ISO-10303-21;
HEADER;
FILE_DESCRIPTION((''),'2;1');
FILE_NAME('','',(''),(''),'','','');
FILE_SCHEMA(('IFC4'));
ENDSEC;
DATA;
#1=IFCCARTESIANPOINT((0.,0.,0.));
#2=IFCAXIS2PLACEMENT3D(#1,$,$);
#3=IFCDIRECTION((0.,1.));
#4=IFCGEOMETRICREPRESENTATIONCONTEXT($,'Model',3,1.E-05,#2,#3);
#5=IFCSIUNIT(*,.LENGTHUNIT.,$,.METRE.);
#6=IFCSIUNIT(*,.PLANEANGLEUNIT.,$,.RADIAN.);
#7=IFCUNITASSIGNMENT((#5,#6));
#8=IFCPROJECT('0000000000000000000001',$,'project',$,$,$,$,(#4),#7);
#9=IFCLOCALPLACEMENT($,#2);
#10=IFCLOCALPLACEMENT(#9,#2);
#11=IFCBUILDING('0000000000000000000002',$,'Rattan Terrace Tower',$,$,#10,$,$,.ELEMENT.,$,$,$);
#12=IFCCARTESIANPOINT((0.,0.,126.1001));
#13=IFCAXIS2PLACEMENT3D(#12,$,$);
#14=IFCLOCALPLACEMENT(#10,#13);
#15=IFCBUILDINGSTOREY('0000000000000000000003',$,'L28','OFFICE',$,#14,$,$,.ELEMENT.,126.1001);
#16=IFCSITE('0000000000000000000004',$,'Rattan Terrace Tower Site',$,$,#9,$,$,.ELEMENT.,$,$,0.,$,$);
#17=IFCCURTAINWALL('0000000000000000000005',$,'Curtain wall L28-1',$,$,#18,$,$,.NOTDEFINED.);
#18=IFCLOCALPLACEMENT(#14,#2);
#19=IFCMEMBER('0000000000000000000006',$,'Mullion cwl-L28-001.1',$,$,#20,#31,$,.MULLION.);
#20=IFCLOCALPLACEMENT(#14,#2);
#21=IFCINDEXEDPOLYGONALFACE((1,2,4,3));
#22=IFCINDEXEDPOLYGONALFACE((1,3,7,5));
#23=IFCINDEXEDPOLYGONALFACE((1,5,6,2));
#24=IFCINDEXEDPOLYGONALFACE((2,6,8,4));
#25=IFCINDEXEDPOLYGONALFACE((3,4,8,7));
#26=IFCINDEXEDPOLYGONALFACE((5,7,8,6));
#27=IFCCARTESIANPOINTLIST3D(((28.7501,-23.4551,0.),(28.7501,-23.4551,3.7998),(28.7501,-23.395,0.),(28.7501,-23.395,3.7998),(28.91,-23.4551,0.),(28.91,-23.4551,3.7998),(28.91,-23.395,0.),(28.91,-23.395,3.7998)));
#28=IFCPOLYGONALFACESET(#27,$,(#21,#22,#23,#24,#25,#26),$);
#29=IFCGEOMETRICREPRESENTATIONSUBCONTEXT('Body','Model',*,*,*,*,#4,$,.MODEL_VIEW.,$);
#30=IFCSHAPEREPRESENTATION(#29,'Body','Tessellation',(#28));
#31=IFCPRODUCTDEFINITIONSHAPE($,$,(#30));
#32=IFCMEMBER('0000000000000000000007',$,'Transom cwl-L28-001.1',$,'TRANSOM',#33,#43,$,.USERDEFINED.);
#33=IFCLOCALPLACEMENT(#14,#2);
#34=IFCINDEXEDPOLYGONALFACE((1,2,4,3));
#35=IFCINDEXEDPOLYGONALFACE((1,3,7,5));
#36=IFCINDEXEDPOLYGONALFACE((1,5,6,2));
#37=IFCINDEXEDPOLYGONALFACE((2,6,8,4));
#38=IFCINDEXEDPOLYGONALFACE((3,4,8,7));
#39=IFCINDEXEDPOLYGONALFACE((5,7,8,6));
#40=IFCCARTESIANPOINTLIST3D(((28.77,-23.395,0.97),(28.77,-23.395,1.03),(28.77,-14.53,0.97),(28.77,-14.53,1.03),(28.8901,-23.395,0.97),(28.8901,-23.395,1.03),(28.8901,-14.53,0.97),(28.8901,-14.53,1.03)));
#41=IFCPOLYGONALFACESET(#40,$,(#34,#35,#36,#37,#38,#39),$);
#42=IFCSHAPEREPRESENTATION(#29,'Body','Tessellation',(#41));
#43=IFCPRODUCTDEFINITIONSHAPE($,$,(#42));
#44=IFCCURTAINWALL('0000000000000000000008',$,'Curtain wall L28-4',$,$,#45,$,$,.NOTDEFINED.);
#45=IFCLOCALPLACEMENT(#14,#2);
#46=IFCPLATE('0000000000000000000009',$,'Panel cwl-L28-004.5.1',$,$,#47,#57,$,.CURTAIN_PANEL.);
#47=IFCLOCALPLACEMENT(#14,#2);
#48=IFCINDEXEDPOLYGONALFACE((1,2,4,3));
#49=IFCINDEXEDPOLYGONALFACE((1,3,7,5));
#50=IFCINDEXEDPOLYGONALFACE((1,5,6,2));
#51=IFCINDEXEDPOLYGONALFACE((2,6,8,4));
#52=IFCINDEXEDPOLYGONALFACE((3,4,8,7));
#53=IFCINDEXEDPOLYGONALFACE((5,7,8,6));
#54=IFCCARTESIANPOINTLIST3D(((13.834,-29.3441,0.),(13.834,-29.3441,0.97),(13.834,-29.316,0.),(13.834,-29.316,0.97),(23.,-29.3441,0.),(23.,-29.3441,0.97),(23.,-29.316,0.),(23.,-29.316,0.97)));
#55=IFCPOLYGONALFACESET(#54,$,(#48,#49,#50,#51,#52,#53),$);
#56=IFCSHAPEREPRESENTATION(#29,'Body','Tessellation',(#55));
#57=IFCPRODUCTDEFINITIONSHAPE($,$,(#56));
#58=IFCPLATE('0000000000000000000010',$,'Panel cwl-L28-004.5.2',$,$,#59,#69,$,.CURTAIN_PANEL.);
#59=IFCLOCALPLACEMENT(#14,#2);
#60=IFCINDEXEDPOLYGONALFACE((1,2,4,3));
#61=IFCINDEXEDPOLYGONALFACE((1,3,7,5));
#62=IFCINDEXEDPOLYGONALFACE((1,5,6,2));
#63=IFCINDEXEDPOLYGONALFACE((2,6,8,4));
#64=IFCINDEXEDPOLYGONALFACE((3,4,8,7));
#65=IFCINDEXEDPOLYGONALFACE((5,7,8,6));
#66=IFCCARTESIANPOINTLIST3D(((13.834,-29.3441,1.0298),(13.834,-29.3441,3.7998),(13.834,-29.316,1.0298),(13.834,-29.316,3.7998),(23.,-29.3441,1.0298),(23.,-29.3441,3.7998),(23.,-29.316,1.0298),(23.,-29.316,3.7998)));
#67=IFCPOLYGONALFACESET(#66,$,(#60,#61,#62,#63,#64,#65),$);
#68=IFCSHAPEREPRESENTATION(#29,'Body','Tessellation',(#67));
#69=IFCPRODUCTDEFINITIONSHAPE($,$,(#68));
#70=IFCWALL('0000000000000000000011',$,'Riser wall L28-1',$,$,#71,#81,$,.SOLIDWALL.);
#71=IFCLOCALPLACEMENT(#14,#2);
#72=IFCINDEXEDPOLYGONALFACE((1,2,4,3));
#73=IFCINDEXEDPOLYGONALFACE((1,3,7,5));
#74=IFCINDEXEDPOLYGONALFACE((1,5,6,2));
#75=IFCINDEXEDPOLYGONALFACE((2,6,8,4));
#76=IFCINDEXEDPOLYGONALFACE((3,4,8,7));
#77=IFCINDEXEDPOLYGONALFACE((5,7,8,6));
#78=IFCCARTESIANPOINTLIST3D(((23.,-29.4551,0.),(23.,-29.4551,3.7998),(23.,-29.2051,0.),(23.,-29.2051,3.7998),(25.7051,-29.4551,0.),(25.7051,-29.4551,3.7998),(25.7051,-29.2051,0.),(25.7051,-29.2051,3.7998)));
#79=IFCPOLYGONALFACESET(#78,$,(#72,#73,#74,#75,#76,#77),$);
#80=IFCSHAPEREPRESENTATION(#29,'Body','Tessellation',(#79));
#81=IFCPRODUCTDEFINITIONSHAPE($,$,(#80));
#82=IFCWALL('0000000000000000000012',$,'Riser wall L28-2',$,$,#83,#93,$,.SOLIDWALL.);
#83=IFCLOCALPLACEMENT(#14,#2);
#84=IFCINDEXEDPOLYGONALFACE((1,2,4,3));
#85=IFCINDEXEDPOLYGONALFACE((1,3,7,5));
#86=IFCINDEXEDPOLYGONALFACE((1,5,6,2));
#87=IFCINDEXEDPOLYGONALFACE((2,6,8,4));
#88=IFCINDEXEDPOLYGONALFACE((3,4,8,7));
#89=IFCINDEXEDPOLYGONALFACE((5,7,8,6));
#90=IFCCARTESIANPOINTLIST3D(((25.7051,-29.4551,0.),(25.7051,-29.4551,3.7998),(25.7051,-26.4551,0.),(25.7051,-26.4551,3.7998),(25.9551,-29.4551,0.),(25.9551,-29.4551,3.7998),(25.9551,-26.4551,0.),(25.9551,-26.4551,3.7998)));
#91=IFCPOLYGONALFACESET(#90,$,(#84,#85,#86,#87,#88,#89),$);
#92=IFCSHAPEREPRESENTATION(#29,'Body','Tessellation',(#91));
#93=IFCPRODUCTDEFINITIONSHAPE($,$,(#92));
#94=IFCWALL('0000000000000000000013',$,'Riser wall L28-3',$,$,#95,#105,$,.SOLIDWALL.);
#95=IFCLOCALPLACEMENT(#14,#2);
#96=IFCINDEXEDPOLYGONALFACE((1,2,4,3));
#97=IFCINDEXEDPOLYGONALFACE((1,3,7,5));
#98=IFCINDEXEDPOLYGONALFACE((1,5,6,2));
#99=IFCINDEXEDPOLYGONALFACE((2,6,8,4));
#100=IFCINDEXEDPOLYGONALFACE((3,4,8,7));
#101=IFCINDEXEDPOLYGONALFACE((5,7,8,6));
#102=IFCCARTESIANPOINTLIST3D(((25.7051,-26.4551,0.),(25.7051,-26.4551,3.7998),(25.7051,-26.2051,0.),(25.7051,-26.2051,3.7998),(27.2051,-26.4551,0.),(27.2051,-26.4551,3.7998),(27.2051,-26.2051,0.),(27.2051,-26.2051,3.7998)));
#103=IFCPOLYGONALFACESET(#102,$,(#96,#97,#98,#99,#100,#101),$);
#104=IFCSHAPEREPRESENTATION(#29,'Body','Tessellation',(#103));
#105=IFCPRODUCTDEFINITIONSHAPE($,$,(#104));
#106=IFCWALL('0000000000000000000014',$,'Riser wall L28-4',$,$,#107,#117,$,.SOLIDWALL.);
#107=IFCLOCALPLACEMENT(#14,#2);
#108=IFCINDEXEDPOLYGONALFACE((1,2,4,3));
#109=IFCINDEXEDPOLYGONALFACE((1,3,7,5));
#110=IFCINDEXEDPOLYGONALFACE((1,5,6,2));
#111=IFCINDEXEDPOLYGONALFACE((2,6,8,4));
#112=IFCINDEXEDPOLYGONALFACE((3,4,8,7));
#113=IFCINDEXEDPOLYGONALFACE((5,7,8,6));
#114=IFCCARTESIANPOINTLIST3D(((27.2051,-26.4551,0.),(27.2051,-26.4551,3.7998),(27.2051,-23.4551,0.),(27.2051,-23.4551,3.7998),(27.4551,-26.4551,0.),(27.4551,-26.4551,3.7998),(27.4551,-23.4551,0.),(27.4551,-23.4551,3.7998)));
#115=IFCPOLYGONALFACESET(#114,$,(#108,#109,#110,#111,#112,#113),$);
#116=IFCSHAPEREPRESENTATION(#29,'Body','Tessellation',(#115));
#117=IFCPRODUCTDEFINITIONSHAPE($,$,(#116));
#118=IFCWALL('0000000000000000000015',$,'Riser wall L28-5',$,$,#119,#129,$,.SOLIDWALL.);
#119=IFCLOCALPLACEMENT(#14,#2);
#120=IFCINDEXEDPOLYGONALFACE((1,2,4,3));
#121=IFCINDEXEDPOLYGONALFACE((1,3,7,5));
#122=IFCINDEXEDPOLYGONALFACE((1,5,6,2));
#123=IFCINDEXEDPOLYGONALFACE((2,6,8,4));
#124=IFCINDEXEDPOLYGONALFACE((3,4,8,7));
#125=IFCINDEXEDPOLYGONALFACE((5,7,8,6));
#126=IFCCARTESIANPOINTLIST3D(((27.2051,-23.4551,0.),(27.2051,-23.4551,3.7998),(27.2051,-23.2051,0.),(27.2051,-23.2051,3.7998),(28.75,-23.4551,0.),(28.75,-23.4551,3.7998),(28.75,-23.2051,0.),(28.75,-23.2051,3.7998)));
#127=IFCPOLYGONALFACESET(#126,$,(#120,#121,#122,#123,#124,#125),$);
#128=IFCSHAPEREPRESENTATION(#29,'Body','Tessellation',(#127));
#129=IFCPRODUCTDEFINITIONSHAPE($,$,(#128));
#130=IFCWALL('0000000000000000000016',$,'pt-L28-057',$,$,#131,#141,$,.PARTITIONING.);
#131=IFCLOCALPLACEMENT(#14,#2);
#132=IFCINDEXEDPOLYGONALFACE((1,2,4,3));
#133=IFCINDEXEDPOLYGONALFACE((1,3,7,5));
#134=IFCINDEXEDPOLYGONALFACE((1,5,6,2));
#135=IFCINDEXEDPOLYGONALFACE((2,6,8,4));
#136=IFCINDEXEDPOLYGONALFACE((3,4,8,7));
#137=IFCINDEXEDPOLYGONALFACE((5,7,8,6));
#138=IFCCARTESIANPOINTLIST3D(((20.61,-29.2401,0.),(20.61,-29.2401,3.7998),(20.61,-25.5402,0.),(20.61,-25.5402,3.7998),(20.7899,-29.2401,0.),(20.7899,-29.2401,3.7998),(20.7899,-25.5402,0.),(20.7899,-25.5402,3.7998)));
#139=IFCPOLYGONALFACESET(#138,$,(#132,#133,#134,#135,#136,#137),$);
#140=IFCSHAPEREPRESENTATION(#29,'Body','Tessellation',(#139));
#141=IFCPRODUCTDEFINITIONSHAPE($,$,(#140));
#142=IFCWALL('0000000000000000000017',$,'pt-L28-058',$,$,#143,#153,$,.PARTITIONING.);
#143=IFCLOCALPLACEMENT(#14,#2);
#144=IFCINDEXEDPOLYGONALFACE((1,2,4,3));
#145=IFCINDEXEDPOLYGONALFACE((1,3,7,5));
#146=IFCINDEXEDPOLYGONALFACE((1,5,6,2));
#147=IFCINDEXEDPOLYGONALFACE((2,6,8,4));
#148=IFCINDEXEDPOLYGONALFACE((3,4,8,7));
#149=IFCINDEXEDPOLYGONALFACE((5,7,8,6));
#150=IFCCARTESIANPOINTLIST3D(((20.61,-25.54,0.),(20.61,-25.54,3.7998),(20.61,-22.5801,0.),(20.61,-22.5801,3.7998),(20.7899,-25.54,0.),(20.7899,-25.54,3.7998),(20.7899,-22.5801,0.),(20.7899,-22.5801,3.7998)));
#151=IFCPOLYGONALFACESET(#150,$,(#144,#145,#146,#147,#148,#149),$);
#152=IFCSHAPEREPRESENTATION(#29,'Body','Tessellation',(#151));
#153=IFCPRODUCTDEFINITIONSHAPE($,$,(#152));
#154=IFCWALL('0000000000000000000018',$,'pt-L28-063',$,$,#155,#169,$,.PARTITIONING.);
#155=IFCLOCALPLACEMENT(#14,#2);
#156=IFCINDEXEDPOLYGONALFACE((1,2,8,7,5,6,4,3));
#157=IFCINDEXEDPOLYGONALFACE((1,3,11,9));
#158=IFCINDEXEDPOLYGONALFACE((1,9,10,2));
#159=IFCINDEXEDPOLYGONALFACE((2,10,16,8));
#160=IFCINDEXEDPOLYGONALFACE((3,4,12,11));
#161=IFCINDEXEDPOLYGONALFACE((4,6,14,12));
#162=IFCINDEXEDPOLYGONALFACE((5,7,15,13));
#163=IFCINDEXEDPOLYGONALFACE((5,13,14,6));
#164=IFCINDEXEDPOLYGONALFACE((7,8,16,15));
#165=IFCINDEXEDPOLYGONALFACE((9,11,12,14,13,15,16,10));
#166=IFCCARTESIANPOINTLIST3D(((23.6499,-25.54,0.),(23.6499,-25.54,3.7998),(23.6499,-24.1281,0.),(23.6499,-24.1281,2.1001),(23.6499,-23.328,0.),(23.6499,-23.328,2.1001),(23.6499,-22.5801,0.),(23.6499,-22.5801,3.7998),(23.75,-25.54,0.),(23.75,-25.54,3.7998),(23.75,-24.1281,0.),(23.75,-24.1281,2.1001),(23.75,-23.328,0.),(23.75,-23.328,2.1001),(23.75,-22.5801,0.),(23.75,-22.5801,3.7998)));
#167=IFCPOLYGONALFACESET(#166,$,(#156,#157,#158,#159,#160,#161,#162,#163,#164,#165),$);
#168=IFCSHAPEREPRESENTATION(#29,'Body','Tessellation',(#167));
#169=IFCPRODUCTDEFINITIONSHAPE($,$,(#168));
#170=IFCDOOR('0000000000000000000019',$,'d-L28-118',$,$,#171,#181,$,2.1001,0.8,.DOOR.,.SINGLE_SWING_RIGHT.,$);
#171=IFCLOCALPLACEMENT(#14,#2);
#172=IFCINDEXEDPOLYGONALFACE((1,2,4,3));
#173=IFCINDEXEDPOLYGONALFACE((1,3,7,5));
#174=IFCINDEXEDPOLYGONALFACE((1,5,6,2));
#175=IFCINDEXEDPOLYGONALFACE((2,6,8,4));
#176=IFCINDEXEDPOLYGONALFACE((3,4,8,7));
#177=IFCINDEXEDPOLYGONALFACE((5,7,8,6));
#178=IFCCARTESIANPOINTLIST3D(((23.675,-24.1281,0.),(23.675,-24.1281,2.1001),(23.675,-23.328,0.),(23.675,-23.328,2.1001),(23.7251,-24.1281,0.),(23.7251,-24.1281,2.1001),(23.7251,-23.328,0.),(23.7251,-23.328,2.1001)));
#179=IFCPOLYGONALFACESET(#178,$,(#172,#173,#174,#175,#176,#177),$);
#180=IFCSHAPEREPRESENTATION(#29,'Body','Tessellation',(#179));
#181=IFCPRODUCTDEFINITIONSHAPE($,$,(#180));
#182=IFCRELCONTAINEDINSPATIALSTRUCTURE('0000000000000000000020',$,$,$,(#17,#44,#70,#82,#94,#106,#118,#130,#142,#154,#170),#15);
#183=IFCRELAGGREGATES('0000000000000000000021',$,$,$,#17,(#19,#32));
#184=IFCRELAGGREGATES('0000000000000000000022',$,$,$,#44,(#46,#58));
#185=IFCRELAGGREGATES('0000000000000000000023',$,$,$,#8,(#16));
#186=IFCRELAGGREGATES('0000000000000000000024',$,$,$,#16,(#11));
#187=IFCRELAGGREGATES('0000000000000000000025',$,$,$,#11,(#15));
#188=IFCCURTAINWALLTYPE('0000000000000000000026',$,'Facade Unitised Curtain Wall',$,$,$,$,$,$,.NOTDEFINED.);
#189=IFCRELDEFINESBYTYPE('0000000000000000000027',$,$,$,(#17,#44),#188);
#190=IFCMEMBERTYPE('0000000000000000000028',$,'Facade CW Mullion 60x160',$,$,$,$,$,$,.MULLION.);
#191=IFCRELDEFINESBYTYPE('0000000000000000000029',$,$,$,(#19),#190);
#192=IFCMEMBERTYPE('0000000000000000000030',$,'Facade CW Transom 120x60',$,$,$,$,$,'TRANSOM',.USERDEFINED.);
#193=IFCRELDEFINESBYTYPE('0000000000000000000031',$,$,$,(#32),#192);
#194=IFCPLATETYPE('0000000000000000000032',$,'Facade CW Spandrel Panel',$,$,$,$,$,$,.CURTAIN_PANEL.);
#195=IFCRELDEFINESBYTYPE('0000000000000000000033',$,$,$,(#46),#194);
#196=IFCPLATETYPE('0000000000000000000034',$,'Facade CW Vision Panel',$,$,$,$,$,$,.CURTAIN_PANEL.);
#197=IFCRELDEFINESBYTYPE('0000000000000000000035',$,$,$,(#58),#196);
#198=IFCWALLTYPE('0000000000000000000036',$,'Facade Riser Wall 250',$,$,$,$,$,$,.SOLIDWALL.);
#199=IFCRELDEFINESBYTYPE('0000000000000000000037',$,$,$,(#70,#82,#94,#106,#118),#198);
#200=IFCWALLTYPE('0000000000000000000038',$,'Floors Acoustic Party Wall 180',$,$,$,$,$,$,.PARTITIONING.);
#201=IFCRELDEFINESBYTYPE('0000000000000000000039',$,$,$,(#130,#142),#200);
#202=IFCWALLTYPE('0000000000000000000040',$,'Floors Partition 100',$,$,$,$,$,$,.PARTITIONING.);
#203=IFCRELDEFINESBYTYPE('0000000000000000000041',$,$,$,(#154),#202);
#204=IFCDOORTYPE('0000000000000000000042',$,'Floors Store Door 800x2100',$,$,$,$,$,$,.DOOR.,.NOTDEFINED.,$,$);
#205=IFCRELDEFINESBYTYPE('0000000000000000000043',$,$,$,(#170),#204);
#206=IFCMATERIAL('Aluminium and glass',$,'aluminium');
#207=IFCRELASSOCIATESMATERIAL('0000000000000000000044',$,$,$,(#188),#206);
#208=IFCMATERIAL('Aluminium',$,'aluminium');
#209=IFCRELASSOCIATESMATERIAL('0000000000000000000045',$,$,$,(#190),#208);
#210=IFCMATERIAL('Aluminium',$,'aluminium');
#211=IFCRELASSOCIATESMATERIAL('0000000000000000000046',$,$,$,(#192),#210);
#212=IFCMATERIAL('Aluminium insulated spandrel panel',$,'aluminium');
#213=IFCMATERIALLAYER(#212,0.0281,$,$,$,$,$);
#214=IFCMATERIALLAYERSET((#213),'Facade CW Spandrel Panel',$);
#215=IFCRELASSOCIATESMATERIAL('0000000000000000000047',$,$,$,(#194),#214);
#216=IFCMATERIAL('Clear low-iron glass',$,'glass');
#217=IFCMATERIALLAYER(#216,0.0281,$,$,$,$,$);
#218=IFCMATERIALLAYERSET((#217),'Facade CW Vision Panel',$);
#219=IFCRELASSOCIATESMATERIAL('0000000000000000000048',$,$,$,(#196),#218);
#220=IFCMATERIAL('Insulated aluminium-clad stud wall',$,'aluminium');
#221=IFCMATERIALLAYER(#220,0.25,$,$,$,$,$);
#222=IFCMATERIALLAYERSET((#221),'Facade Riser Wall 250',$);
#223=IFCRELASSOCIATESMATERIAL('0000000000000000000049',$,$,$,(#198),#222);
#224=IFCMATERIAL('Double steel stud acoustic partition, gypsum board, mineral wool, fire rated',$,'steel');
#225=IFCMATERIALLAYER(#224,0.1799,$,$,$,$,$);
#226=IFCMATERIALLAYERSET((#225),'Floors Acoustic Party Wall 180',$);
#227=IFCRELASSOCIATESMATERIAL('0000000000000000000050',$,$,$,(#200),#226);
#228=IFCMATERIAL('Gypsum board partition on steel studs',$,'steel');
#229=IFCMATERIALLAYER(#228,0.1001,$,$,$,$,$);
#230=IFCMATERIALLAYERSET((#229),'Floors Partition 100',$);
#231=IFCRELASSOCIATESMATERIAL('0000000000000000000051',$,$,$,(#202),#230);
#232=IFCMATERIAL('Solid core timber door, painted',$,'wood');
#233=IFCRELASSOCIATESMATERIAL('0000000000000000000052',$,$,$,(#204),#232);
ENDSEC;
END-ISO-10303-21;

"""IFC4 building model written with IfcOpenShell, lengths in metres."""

from ifc_helpers import new_model, si_unit, direction, frame, frame_2d, origin, origin_2d, place, context, subcontext, project, spatial, rectangle, extrude, material, layer, layer_set, material_profile, profile_set, type_object, element, fill, aggregate, save


model = new_model("IFC4")

# Units and contexts
model_context = context("Model", 3, precision=1e-05, world=origin(), true_north=direction((0.0, 1.0)))
body_context = subcontext(model_context, "Body", "Model", "MODEL_VIEW")
ifc_project = project(units=[si_unit("LENGTHUNIT", "METRE"), si_unit("PLANEANGLEUNIT", "RADIAN")], contexts=[model_context])

# Site, building, storey
site_placement = place(None, origin())
site = spatial("IfcSite", under=ifc_project, at=site_placement, Name="Rattan Terrace Tower Site", CompositionType="ELEMENT", RefElevation=0.0)
building_placement = place(site_placement, origin())
building = spatial("IfcBuilding", under=site, at=building_placement, Name="Rattan Terrace Tower", CompositionType="ELEMENT")
storey_placement = place(building_placement, frame((0.0, 0.0, 126.1001)))
storey = spatial("IfcBuildingStorey", under=building, at=storey_placement, Name="L28", Description="OFFICE", CompositionType="ELEMENT", Elevation=126.1001)

# Curtain wall, members
ifc_material_1 = material(Name="Aluminium and glass", Category="aluminium")
curtain_wall_type = type_object("IfcCurtainWallType", Name="Facade Unitised Curtain Wall", PredefinedType="NOTDEFINED", material=ifc_material_1)
curtain_wall_1_placement = place(storey_placement, origin())
curtain_wall_1 = element("IfcCurtainWall", 1, at=curtain_wall_1_placement, inside=storey, type_object=curtain_wall_type, Name="Curtain wall L28-1", PredefinedType="NOTDEFINED")
ifc_material_2 = material(Name="Aluminium", Category="aluminium")
ifc_material_profile_1 = material_profile(ifc_material_2, rectangle(XDim=0.0601, YDim=0.1599, at=origin_2d()), Name="Aluminium 60x160")
ifc_profile_set_1 = profile_set([ifc_material_profile_1], Name="Aluminium")
member_type_1 = type_object("IfcMemberType", Name="Facade CW Mullion 60x160", PredefinedType="MULLION", material=ifc_profile_set_1)
member_1_placement = place(storey_placement, frame((28.8301, -23.425, 0.0), z_axis=(0.0, 0.0, 1.0), x_axis=(0.0, 1.0, 0.0)))
member_1 = element("IfcMember", 2, at=member_1_placement, type_object=member_type_1, Name="Mullion cwl-L28-001.1", PredefinedType="MULLION", context=body_context, shape_type="SweptSolid", body=[
    extrude(rectangle(XDim=0.0601, YDim=0.1599, at=origin_2d()), origin(), (0.0, 0.0, 1.0), 3.7998),
])
ifc_material_3 = material(Name="Aluminium", Category="aluminium")
ifc_material_profile_2 = material_profile(ifc_material_3, rectangle(XDim=0.1201, YDim=0.0601, at=origin_2d()), Name="Aluminium 120x60")
ifc_profile_set_2 = profile_set([ifc_material_profile_2], Name="Aluminium")
member_type_2 = type_object("IfcMemberType", Name="Facade CW Transom 120x60", ElementType="TRANSOM", PredefinedType="USERDEFINED", material=ifc_profile_set_2)
member_2_placement = place(storey_placement, frame((28.8301, -23.395, 1.0), z_axis=(0.0, 1.0, 0.0), x_axis=(-1.0, 0.0, 0.0)))
member_2 = element("IfcMember", 3, at=member_2_placement, type_object=member_type_2, Name="Transom cwl-L28-001.1", ObjectType="TRANSOM", PredefinedType="USERDEFINED", context=body_context, shape_type="SweptSolid", body=[
    extrude(rectangle(XDim=0.1201, YDim=0.0601, at=origin_2d()), origin(), (0.0, 0.0, 1.0), 8.865),
])
aggregate(curtain_wall_1, [member_1, member_2])

# Curtain wall, plates
curtain_wall_2_placement = place(storey_placement, origin())
curtain_wall_2 = element("IfcCurtainWall", 4, at=curtain_wall_2_placement, inside=storey, type_object=curtain_wall_type, Name="Curtain wall L28-4", PredefinedType="NOTDEFINED")
ifc_material_4 = material(Name="Aluminium insulated spandrel panel", Category="aluminium")
ifc_layer_1 = layer(ifc_material_4, 0.0281)
ifc_layer_set_1 = layer_set([ifc_layer_1], Name="Facade CW Spandrel Panel")
plate_type_1 = type_object("IfcPlateType", Name="Facade CW Spandrel Panel", PredefinedType="CURTAIN_PANEL", material=ifc_layer_set_1)
plate_1_placement = place(storey_placement, frame((18.417, -29.3301, 0.0), z_axis=(0.0, 0.0, 1.0), x_axis=(1.0, 0.0, 0.0)))
plate_1 = element("IfcPlate", 5, at=plate_1_placement, type_object=plate_type_1, Name="Panel cwl-L28-004.5.1", PredefinedType="CURTAIN_PANEL", context=body_context, shape_type="SweptSolid", body=[
    extrude(rectangle(XDim=9.166, YDim=0.0281, at=origin_2d()), origin(), (0.0, 0.0, 1.0), 0.97),
])
ifc_material_5 = material(Name="Clear low-iron glass", Category="glass")
ifc_layer_2 = layer(ifc_material_5, 0.0281)
ifc_layer_set_2 = layer_set([ifc_layer_2], Name="Facade CW Vision Panel")
plate_type_2 = type_object("IfcPlateType", Name="Facade CW Vision Panel", PredefinedType="CURTAIN_PANEL", material=ifc_layer_set_2)
plate_2_placement = place(storey_placement, frame((18.417, -29.3301, 1.0298), z_axis=(0.0, 0.0, 1.0), x_axis=(1.0, 0.0, 0.0)))
plate_2 = element("IfcPlate", 6, at=plate_2_placement, type_object=plate_type_2, Name="Panel cwl-L28-004.5.2", PredefinedType="CURTAIN_PANEL", context=body_context, shape_type="SweptSolid", body=[
    extrude(rectangle(XDim=9.166, YDim=0.0281, at=origin_2d()), origin(), (0.0, 0.0, 1.0), 2.77),
])
aggregate(curtain_wall_2, [plate_1, plate_2])

# Walls
ifc_material_6 = material(Name="Insulated aluminium-clad stud wall", Category="aluminium")
ifc_layer_3 = layer(ifc_material_6, 0.25)
ifc_layer_set_3 = layer_set([ifc_layer_3], Name="Facade Riser Wall 250")
wall_type_1 = type_object("IfcWallType", Name="Facade Riser Wall 250", PredefinedType="SOLIDWALL", material=ifc_layer_set_3)
wall_1_placement = place(storey_placement, frame((23.0, -29.3301, 0.0), z_axis=(0.0, 0.0, 1.0), x_axis=(1.0, 0.0, 0.0)))
element("IfcWall", 7, at=wall_1_placement, inside=storey, type_object=wall_type_1, Name="Riser wall L28-1", PredefinedType="SOLIDWALL", context=body_context, shape_type="SweptSolid", body=[
    extrude(rectangle(XDim=2.7051, YDim=0.25, at=frame_2d((1.3525, 0.0))), origin(), (0.0, 0.0, 1.0), 3.7998),
])
wall_2_placement = place(storey_placement, frame((25.8301, -29.4551, 0.0), z_axis=(0.0, 0.0, 1.0), x_axis=(0.0, 1.0, 0.0)))
element("IfcWall", 8, at=wall_2_placement, inside=storey, type_object=wall_type_1, Name="Riser wall L28-2", PredefinedType="SOLIDWALL", context=body_context, shape_type="SweptSolid", body=[
    extrude(rectangle(XDim=3.0, YDim=0.25, at=frame_2d((1.5, 0.0))), origin(), (0.0, 0.0, 1.0), 3.7998),
])
wall_3_placement = place(storey_placement, frame((25.7051, -26.3301, 0.0), z_axis=(0.0, 0.0, 1.0), x_axis=(1.0, 0.0, 0.0)))
element("IfcWall", 9, at=wall_3_placement, inside=storey, type_object=wall_type_1, Name="Riser wall L28-3", PredefinedType="SOLIDWALL", context=body_context, shape_type="SweptSolid", body=[
    extrude(rectangle(XDim=1.5, YDim=0.25, at=frame_2d((0.75, 0.0))), origin(), (0.0, 0.0, 1.0), 3.7998),
])
wall_4_placement = place(storey_placement, frame((27.3301, -26.4551, 0.0), z_axis=(0.0, 0.0, 1.0), x_axis=(0.0, 1.0, 0.0)))
element("IfcWall", 10, at=wall_4_placement, inside=storey, type_object=wall_type_1, Name="Riser wall L28-4", PredefinedType="SOLIDWALL", context=body_context, shape_type="SweptSolid", body=[
    extrude(rectangle(XDim=3.0, YDim=0.25, at=frame_2d((1.5, 0.0))), origin(), (0.0, 0.0, 1.0), 3.7998),
])
wall_5_placement = place(storey_placement, frame((27.2051, -23.3301, 0.0), z_axis=(0.0, 0.0, 1.0), x_axis=(1.0, 0.0, 0.0)))
element("IfcWall", 11, at=wall_5_placement, inside=storey, type_object=wall_type_1, Name="Riser wall L28-5", PredefinedType="SOLIDWALL", context=body_context, shape_type="SweptSolid", body=[
    extrude(rectangle(XDim=1.5449, YDim=0.25, at=frame_2d((0.7725, 0.0))), origin(), (0.0, 0.0, 1.0), 3.7998),
])
ifc_material_7 = material(Name="Double steel stud acoustic partition, gypsum board, mineral wool, fire rated", Category="steel")
ifc_layer_4 = layer(ifc_material_7, 0.1799)
ifc_layer_set_4 = layer_set([ifc_layer_4], Name="Floors Acoustic Party Wall 180")
wall_type_2 = type_object("IfcWallType", Name="Floors Acoustic Party Wall 180", PredefinedType="PARTITIONING", material=ifc_layer_set_4)
wall_6_placement = place(storey_placement, frame((20.7, -25.54, 0.0), z_axis=(0.0, 0.0, 1.0), x_axis=(0.0, -1.0, 0.0)))
element("IfcWall", 12, at=wall_6_placement, inside=storey, type_object=wall_type_2, Name="pt-L28-057", PredefinedType="PARTITIONING", context=body_context, shape_type="SweptSolid", body=[
    extrude(rectangle(XDim=3.7, YDim=0.1799, at=frame_2d((1.8501, 0.0))), origin(), (0.0, 0.0, 1.0), 3.7998),
])
wall_7_placement = place(storey_placement, frame((20.7, -22.5801, 0.0), z_axis=(0.0, 0.0, 1.0), x_axis=(0.0, -1.0, 0.0)))
element("IfcWall", 13, at=wall_7_placement, inside=storey, type_object=wall_type_2, Name="pt-L28-058", PredefinedType="PARTITIONING", context=body_context, shape_type="SweptSolid", body=[
    extrude(rectangle(XDim=2.96, YDim=0.1799, at=frame_2d((1.48, 0.0))), origin(), (0.0, 0.0, 1.0), 3.7998),
])

# Wall, opening, door
ifc_material_8 = material(Name="Gypsum board partition on steel studs", Category="steel")
ifc_layer_5 = layer(ifc_material_8, 0.1001)
ifc_layer_set_5 = layer_set([ifc_layer_5], Name="Floors Partition 100")
wall_type_3 = type_object("IfcWallType", Name="Floors Partition 100", PredefinedType="PARTITIONING", material=ifc_layer_set_5)
wall_8_placement = place(storey_placement, frame((23.7, -25.54, 0.0), z_axis=(0.0, 0.0, 1.0), x_axis=(0.0, 1.0, 0.0)))
wall_8 = element("IfcWall", 14, at=wall_8_placement, inside=storey, type_object=wall_type_3, Name="pt-L28-063", PredefinedType="PARTITIONING", context=body_context, shape_type="SweptSolid", body=[
    extrude(rectangle(XDim=2.96, YDim=0.1001, at=frame_2d((1.48, 0.0))), origin(), (0.0, 0.0, 1.0), 3.7998),
])
opening_1_placement = place(wall_8_placement, frame((1.4121, 0.0, 0.0)))
opening_1 = element("IfcOpeningElement", 15, at=opening_1_placement, cuts=wall_8, PredefinedType="OPENING", context=body_context, shape_type="SweptSolid", body=[
    extrude(rectangle(XDim=0.8, YDim=2.1001, at=frame_2d((0.3999, 1.05))), frame((0.0, 0.0605, 0.0), z_axis=(0.0, -1.0, 0.0), x_axis=(1.0, 0.0, 0.0)), (0.0, 0.0, 1.0), 0.1211),
])
ifc_material_9 = material(Name="Solid core timber door, painted", Category="wood")
door_type_1 = type_object("IfcDoorType", Name="Floors Store Door 800x2100", OperationType="NOTDEFINED", PredefinedType="DOOR", material=ifc_material_9)
door_1_placement = place(opening_1_placement, origin())
door_1 = element("IfcDoor", 16, at=door_1_placement, inside=storey, type_object=door_type_1, Name="d-L28-118", OperationType="SINGLE_SWING_RIGHT", OverallHeight=2.1001, OverallWidth=0.8, PredefinedType="DOOR", context=body_context, shape_type="SweptSolid", body=[
    extrude(rectangle(XDim=0.8, YDim=2.1001, at=frame_2d((0.3999, 1.05))), frame((0.0, 0.0249, 0.0), z_axis=(0.0, -1.0, 0.0), x_axis=(1.0, 0.0, 0.0)), (0.0, 0.0, 1.0), 0.05),
])
fill(opening_1, door_1)

save(model, "model.ifc")
